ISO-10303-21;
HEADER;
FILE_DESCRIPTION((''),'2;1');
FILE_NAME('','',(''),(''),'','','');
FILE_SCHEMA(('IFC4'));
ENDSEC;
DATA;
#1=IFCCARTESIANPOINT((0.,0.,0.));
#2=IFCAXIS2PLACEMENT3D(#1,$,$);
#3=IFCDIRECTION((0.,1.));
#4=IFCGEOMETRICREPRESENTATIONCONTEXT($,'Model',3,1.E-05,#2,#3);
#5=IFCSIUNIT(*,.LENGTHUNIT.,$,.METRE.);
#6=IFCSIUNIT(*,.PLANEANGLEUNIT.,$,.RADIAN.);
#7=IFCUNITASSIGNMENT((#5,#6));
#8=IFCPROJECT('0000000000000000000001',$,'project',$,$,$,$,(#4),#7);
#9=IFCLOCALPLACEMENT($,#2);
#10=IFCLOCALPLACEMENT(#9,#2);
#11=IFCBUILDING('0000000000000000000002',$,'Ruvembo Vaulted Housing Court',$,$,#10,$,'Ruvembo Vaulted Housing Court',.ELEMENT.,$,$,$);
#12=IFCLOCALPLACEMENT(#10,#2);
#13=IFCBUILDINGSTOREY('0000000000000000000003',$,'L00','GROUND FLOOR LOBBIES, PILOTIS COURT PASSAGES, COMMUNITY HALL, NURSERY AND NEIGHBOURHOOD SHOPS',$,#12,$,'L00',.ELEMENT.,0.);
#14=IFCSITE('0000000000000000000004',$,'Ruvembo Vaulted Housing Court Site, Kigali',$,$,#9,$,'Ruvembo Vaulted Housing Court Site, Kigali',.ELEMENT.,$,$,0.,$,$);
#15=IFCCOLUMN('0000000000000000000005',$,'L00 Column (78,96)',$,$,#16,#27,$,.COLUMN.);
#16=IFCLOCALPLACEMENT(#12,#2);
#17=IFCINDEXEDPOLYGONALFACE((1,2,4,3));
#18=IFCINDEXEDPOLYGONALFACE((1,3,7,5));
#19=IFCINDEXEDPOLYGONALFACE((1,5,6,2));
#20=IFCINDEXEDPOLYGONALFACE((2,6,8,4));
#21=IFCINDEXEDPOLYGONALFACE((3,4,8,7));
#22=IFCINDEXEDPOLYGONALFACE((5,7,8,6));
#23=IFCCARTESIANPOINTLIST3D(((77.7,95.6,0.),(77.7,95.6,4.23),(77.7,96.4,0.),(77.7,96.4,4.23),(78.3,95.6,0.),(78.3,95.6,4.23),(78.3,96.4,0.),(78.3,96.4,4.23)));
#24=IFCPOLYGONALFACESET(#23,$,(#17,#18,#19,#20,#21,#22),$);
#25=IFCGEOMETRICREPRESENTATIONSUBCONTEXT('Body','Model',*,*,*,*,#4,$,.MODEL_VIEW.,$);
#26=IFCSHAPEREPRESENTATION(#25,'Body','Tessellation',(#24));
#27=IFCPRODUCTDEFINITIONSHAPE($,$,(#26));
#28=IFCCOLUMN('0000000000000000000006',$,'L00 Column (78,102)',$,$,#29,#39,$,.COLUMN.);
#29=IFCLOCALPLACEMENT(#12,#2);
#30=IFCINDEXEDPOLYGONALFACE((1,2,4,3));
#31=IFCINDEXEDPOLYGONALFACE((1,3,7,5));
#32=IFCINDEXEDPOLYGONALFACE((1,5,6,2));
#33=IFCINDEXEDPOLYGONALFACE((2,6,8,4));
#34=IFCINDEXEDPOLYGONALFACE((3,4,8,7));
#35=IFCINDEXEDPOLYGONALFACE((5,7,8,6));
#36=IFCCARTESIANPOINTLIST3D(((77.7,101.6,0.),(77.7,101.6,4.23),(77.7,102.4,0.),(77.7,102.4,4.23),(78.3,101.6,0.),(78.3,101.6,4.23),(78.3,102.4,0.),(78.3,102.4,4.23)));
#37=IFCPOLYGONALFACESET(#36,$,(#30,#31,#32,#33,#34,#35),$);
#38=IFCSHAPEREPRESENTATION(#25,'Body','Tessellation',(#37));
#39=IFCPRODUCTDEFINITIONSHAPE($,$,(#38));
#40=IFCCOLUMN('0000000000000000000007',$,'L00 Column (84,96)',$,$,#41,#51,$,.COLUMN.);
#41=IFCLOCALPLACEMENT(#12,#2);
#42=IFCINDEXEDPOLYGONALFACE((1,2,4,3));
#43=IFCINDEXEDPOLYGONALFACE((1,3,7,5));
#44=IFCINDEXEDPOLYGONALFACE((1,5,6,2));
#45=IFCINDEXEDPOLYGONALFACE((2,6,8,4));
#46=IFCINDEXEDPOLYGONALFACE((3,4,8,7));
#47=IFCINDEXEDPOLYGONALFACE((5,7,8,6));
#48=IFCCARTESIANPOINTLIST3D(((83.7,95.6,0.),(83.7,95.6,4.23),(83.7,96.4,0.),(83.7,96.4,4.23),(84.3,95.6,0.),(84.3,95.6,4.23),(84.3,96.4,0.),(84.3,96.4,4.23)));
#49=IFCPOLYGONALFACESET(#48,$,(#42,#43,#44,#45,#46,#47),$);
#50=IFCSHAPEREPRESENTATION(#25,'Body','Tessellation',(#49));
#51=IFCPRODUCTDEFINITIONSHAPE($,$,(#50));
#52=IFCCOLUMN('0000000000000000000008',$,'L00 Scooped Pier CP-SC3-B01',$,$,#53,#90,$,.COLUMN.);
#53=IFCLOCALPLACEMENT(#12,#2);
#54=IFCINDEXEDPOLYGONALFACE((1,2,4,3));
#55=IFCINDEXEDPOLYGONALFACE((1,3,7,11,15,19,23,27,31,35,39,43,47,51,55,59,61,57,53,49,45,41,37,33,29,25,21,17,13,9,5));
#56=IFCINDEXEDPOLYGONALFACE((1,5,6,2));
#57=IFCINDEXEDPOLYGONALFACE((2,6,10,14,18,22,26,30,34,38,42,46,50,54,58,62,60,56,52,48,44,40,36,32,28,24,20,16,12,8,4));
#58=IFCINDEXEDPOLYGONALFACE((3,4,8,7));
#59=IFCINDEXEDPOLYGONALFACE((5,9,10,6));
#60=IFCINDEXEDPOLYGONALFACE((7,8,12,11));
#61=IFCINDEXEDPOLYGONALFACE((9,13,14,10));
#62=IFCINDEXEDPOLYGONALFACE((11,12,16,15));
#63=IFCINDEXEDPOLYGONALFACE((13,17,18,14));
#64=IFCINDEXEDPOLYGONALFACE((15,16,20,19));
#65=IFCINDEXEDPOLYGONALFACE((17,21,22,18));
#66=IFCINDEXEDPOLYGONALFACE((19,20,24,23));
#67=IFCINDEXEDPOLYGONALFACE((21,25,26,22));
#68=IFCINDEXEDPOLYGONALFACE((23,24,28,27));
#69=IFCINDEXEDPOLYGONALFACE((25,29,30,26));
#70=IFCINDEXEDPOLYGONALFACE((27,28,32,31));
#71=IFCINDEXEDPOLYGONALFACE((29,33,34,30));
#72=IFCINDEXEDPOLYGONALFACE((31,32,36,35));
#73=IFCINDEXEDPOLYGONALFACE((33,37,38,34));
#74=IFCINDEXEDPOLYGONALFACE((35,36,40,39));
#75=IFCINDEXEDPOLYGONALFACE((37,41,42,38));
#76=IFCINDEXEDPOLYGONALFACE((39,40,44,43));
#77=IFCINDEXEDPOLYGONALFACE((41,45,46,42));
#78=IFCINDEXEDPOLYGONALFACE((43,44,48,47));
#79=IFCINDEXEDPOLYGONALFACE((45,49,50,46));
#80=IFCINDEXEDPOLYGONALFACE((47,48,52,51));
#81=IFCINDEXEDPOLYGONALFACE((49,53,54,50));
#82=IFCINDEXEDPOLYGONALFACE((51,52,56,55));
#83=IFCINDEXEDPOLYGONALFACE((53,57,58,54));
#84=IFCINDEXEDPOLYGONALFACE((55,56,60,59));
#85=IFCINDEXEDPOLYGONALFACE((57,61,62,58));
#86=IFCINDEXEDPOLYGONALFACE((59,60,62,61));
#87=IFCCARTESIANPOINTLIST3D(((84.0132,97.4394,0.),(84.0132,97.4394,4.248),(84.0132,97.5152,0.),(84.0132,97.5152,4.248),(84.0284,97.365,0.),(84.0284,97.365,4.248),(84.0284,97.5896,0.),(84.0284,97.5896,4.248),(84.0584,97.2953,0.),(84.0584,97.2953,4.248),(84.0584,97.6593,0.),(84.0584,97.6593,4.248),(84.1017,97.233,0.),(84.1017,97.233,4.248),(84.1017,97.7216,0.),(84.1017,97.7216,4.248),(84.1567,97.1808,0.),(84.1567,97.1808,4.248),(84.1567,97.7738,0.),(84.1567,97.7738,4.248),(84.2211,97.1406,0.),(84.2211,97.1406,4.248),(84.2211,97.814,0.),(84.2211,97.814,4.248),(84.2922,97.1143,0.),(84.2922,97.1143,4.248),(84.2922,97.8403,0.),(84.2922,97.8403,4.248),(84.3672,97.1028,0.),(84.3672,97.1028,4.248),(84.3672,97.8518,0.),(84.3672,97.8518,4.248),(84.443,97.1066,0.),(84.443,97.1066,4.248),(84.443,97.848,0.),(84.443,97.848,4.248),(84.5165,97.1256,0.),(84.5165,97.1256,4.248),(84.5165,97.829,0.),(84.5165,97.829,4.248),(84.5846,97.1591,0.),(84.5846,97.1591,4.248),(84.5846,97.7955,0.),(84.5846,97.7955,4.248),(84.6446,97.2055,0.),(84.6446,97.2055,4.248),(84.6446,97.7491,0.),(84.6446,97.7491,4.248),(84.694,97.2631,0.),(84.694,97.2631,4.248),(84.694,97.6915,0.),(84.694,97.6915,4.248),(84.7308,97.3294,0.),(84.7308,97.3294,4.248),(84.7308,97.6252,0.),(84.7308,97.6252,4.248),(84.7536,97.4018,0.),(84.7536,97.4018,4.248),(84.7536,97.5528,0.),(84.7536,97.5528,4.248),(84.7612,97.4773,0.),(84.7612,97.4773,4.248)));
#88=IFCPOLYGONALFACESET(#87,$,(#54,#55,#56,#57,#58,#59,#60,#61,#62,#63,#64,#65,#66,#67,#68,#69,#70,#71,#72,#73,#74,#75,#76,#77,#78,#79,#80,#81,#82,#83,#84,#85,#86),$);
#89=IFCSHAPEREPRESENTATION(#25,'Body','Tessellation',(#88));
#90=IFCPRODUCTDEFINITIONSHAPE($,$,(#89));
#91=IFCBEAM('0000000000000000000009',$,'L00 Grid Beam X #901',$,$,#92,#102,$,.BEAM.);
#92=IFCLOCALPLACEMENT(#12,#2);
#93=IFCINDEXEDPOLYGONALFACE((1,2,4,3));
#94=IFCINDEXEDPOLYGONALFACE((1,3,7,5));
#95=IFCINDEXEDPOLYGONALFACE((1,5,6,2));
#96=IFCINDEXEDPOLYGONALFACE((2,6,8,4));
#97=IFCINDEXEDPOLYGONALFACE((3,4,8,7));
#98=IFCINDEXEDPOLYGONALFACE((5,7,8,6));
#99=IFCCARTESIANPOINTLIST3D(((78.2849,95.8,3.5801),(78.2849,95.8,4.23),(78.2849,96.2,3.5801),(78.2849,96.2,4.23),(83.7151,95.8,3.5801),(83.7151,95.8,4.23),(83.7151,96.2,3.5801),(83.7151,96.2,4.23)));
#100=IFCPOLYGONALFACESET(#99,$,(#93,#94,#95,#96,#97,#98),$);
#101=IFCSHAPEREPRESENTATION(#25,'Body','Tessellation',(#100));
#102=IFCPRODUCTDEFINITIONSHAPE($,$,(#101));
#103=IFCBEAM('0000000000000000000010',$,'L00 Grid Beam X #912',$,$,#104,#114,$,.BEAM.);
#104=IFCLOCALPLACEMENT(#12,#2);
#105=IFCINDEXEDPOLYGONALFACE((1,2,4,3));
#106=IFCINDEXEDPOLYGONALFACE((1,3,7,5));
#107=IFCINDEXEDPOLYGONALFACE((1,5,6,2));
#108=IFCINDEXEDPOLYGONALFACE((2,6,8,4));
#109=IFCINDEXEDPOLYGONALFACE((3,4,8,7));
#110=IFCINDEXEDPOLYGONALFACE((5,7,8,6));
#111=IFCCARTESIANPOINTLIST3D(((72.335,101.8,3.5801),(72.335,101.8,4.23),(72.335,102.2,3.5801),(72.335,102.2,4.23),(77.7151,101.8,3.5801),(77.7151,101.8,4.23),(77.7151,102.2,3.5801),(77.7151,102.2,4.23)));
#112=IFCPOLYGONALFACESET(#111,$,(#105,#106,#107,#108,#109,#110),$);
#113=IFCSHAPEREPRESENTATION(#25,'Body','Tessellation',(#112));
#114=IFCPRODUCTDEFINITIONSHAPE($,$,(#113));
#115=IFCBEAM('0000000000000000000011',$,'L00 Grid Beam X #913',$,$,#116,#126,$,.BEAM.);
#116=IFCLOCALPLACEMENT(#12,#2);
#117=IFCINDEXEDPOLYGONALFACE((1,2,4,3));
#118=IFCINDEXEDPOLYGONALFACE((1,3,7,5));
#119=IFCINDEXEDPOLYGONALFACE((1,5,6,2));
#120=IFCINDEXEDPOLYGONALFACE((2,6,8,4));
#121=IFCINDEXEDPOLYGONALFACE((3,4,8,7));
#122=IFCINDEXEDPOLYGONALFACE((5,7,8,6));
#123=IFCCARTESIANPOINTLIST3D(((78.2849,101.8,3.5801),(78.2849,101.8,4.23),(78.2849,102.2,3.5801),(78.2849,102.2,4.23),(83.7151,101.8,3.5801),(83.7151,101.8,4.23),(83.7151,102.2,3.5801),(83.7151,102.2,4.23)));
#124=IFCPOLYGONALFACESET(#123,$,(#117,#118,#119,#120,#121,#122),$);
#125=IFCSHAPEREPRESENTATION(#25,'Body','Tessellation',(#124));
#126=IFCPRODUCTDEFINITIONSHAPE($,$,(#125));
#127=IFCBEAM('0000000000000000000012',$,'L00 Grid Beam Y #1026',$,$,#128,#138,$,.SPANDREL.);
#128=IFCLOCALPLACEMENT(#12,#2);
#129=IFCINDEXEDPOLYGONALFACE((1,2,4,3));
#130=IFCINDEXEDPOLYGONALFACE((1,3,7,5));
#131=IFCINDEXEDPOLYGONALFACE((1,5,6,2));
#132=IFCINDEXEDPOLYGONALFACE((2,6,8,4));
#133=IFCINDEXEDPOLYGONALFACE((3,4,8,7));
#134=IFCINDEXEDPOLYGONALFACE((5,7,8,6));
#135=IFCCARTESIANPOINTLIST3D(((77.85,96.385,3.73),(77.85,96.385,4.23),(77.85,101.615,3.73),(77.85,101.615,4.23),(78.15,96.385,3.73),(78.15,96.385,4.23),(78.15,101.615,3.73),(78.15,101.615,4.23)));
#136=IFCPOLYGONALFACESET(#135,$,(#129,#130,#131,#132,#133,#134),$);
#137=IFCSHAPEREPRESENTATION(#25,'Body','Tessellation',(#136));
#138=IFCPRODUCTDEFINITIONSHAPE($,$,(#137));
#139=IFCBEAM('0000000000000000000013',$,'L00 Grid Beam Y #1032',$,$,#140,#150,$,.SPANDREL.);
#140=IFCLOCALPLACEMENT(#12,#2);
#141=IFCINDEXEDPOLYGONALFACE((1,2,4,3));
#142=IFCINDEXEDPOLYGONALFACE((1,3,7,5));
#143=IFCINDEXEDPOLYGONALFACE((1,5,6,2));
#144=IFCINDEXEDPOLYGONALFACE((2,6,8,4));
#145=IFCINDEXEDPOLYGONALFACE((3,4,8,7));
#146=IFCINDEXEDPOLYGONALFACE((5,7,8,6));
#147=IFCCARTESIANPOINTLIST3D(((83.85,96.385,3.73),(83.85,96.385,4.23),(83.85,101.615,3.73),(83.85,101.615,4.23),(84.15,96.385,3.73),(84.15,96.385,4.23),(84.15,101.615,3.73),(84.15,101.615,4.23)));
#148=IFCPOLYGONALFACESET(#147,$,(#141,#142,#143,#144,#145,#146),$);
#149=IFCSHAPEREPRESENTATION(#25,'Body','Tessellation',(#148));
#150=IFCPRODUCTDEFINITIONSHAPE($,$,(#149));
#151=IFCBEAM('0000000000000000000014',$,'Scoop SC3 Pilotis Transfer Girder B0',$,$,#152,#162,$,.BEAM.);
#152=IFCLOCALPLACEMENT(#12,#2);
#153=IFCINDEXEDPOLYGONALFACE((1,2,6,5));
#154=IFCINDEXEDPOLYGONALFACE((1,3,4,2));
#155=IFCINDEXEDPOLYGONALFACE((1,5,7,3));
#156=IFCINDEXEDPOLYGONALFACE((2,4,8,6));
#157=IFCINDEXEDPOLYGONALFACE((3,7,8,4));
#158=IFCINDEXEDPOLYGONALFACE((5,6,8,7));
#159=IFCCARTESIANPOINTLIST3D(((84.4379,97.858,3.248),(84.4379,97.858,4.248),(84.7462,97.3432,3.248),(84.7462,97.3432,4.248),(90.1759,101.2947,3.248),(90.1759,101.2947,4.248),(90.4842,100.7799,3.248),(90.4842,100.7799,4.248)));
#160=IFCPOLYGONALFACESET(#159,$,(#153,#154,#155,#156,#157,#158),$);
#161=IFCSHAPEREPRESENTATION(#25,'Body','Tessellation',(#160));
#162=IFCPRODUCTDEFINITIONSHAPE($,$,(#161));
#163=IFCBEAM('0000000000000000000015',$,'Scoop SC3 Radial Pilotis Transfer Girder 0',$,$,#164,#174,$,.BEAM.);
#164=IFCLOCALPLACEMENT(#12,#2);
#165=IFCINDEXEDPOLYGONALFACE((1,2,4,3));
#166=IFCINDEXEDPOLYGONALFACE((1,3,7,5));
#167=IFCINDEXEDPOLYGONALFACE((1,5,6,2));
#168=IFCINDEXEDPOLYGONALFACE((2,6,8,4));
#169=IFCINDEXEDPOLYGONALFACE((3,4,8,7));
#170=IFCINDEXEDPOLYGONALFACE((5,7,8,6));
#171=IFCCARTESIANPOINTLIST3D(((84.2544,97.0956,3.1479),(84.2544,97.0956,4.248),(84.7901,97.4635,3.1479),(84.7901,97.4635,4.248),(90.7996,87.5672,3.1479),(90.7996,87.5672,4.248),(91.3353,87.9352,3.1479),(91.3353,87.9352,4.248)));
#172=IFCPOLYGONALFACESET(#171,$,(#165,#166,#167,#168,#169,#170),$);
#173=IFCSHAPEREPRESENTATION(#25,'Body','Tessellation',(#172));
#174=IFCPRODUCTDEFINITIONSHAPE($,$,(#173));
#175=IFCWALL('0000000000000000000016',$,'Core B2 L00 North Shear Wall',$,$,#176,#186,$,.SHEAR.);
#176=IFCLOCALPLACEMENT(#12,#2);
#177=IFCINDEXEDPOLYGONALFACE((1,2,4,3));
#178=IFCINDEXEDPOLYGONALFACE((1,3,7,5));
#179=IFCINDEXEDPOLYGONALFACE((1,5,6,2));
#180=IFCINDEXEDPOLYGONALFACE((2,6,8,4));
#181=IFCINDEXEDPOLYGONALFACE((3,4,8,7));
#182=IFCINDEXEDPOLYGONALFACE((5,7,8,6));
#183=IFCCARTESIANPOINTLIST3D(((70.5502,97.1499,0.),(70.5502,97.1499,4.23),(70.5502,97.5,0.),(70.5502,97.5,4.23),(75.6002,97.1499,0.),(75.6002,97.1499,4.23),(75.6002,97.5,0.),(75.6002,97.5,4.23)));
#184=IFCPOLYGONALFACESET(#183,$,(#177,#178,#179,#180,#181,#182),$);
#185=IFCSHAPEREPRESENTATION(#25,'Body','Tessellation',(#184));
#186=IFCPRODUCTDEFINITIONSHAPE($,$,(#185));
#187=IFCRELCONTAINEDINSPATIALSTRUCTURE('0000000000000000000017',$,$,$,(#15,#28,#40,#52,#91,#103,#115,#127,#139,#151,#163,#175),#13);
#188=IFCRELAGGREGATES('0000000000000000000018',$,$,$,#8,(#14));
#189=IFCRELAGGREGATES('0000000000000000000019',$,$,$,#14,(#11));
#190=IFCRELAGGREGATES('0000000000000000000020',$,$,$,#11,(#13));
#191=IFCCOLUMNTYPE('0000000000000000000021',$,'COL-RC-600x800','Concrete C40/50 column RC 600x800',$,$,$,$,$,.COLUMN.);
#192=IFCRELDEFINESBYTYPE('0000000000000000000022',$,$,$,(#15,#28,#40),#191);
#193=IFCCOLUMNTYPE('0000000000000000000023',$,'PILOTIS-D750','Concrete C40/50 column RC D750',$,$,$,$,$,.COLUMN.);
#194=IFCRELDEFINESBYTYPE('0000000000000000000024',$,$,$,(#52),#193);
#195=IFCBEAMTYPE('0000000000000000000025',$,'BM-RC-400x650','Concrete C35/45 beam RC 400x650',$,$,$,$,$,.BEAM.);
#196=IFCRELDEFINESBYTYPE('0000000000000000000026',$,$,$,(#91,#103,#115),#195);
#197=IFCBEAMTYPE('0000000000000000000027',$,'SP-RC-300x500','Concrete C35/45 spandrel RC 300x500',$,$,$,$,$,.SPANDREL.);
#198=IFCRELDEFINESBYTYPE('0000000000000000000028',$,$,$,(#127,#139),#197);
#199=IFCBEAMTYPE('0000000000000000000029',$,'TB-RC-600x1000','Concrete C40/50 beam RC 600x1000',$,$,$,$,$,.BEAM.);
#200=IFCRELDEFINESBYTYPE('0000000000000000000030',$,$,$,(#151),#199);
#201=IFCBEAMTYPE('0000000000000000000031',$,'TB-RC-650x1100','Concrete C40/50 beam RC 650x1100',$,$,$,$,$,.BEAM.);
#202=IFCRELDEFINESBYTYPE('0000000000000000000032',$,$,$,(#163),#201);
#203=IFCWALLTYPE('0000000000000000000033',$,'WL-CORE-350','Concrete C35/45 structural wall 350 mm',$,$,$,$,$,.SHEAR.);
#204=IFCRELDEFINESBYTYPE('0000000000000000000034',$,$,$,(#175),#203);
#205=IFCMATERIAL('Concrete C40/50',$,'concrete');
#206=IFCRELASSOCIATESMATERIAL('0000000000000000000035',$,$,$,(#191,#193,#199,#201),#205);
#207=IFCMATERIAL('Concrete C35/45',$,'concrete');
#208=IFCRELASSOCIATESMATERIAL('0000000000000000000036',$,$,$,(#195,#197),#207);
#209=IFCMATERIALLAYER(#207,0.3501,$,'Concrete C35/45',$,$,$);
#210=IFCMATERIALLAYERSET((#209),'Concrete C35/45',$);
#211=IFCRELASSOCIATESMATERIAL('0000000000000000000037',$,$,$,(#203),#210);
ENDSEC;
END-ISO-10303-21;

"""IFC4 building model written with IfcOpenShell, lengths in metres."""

from ifc_helpers import new_model, si_unit, direction, frame, frame_2d, origin, origin_2d, place, context, subcontext, project, spatial, rectangle, circle, extrude, material, layer, layer_set, material_profile, profile_set, type_object, element, save


model = new_model("IFC4")

# Units and contexts
model_context = context("Model", 3, precision=1e-05, world=origin(), true_north=direction((0.0, 1.0)))
body_context = subcontext(model_context, "Body", "Model", "MODEL_VIEW")
ifc_project = project(units=[si_unit("LENGTHUNIT", "METRE"), si_unit("PLANEANGLEUNIT", "RADIAN")], contexts=[model_context])

# Site, building, storey
site_placement = place(None, origin())
site = spatial("IfcSite", under=ifc_project, at=site_placement, Name="Ruvembo Vaulted Housing Court Site, Kigali", LongName="Ruvembo Vaulted Housing Court Site, Kigali", CompositionType="ELEMENT", RefElevation=0.0)
building_placement = place(site_placement, origin())
building = spatial("IfcBuilding", under=site, at=building_placement, Name="Ruvembo Vaulted Housing Court", LongName="Ruvembo Vaulted Housing Court", CompositionType="ELEMENT")
storey_placement = place(building_placement, origin())
storey = spatial("IfcBuildingStorey", under=building, at=storey_placement, Name="L00", Description="GROUND FLOOR LOBBIES, PILOTIS COURT PASSAGES, COMMUNITY HALL, NURSERY AND NEIGHBOURHOOD SHOPS", LongName="L00", CompositionType="ELEMENT", Elevation=0.0)

# Columns
ifc_material_1 = material(Name="Concrete C40/50", Category="concrete")
ifc_material_profile_1 = material_profile(ifc_material_1, rectangle(XDim=0.6001, YDim=0.8, at=origin_2d()), Name="RC 600x800")
ifc_profile_set_1 = profile_set([ifc_material_profile_1], Name="Concrete C40/50")
column_type_1 = type_object("IfcColumnType", Name="COL-RC-600x800", Description="Concrete C40/50 column RC 600x800", PredefinedType="COLUMN", material=ifc_profile_set_1)
for number, where, z_axis, x_axis, name in (
    (1, (78.0, 96.0, 0.0), (0.0, 0.0, 1.0), (1.0, 0.0, 0.0), "L00 Column (78,96)"),
    (2, (78.0, 102.0, 0.0), (0.0, 0.0, 1.0), (1.0, 0.0, 0.0), "L00 Column (78,102)"),
    (3, (84.0, 96.0, 0.0), (0.0, 0.0, 1.0), (1.0, 0.0, 0.0), "L00 Column (84,96)"),
):
    element("IfcColumn", number, at=place(storey_placement, frame(where, z_axis=z_axis, x_axis=x_axis)), inside=storey, type_object=column_type_1, Name=name, PredefinedType="COLUMN", context=body_context, shape_type="SweptSolid", body=[
        extrude(rectangle(XDim=0.6001, YDim=0.8, at=origin_2d()), origin(), (0.0, 0.0, 1.0), 4.23),
    ])
ifc_material_profile_2 = material_profile(ifc_material_1, circle(Radius=0.375, at=origin_2d()), Name="RC D750")
ifc_profile_set_2 = profile_set([ifc_material_profile_2], Name="Concrete C40/50")
column_type_2 = type_object("IfcColumnType", Name="PILOTIS-D750", Description="Concrete C40/50 column RC D750", PredefinedType="COLUMN", material=ifc_profile_set_2)
column_placement = place(storey_placement, frame((84.3862, 97.4773, 0.0), z_axis=(0.0, 0.0, 1.0), x_axis=(1.0, 0.0, 0.0)))
element("IfcColumn", 4, at=column_placement, inside=storey, type_object=column_type_2, Name="L00 Scooped Pier CP-SC3-B01", PredefinedType="COLUMN", context=body_context, shape_type="SweptSolid", body=[
    extrude(circle(Radius=0.375, at=origin_2d()), origin(), (0.0, 0.0, 1.0), 4.248),
])

# Beams
ifc_material_2 = material(Name="Concrete C35/45", Category="concrete")
ifc_material_profile_3 = material_profile(ifc_material_2, rectangle(XDim=0.3999, YDim=0.6499, at=origin_2d()), Name="RC 400x650")
ifc_profile_set_3 = profile_set([ifc_material_profile_3], Name="Concrete C35/45")
beam_type_1 = type_object("IfcBeamType", Name="BM-RC-400x650", Description="Concrete C35/45 beam RC 400x650", PredefinedType="BEAM", material=ifc_profile_set_3)
beam_1_placement = place(storey_placement, frame((78.2849, 96.0, 3.905), z_axis=(1.0, 0.0, 0.0), x_axis=(0.0, 1.0, 0.0)))
element("IfcBeam", 5, at=beam_1_placement, inside=storey, type_object=beam_type_1, Name="L00 Grid Beam X #901", PredefinedType="BEAM", context=body_context, shape_type="SweptSolid", body=[
    extrude(rectangle(XDim=0.3999, YDim=0.6499, at=origin_2d()), origin(), (0.0, 0.0, 1.0), 5.4302),
])
beam_2_placement = place(storey_placement, frame((72.335, 102.0, 3.905), z_axis=(1.0, 0.0, 0.0), x_axis=(0.0, 1.0, 0.0)))
element("IfcBeam", 6, at=beam_2_placement, inside=storey, type_object=beam_type_1, Name="L00 Grid Beam X #912", PredefinedType="BEAM", context=body_context, shape_type="SweptSolid", body=[
    extrude(rectangle(XDim=0.3999, YDim=0.6499, at=origin_2d()), origin(), (0.0, 0.0, 1.0), 5.3801),
])
beam_3_placement = place(storey_placement, frame((78.2849, 102.0, 3.905), z_axis=(1.0, 0.0, 0.0), x_axis=(0.0, 1.0, 0.0)))
element("IfcBeam", 7, at=beam_3_placement, inside=storey, type_object=beam_type_1, Name="L00 Grid Beam X #913", PredefinedType="BEAM", context=body_context, shape_type="SweptSolid", body=[
    extrude(rectangle(XDim=0.3999, YDim=0.6499, at=origin_2d()), origin(), (0.0, 0.0, 1.0), 5.4302),
])
ifc_material_profile_4 = material_profile(ifc_material_2, rectangle(XDim=0.3, YDim=0.5, at=origin_2d()), Name="RC 300x500")
ifc_profile_set_4 = profile_set([ifc_material_profile_4], Name="Concrete C35/45")
beam_type_2 = type_object("IfcBeamType", Name="SP-RC-300x500", Description="Concrete C35/45 spandrel RC 300x500", PredefinedType="SPANDREL", material=ifc_profile_set_4)
for number, where, z_axis, x_axis, name in (
    (8, (78.0, 96.385, 3.98), (0.0, 1.0, 0.0), (-1.0, 0.0, 0.0), "L00 Grid Beam Y #1026"),
    (9, (84.0, 96.385, 3.98), (0.0, 1.0, 0.0), (-1.0, 0.0, 0.0), "L00 Grid Beam Y #1032"),
):
    element("IfcBeam", number, at=place(storey_placement, frame(where, z_axis=z_axis, x_axis=x_axis)), inside=storey, type_object=beam_type_2, Name=name, PredefinedType="SPANDREL", context=body_context, shape_type="SweptSolid", body=[
        extrude(rectangle(XDim=0.3, YDim=0.5, at=origin_2d()), origin(), (0.0, 0.0, 1.0), 5.23),
    ])
ifc_material_profile_5 = material_profile(ifc_material_1, rectangle(XDim=0.6001, YDim=1.0, at=origin_2d()), Name="RC 600x1000")
ifc_profile_set_5 = profile_set([ifc_material_profile_5], Name="Concrete C40/50")
beam_type_3 = type_object("IfcBeamType", Name="TB-RC-600x1000", Description="Concrete C40/50 beam RC 600x1000", PredefinedType="BEAM", material=ifc_profile_set_5)
beam_4_placement = place(storey_placement, frame((84.592, 97.6006, 3.748), z_axis=(0.857892, 0.51383, 0.0), x_axis=(-0.51383, 0.857892, 0.0)))
element("IfcBeam", 10, at=beam_4_placement, inside=storey, type_object=beam_type_3, Name="Scoop SC3 Pilotis Transfer Girder B0", PredefinedType="BEAM", context=body_context, shape_type="SweptSolid", body=[
    extrude(rectangle(XDim=0.6001, YDim=1.0, at=origin_2d()), origin(), (0.0, 0.0, 1.0), 6.6885),
])
ifc_material_profile_6 = material_profile(ifc_material_1, rectangle(XDim=0.6499, YDim=1.1001, at=origin_2d()), Name="RC 650x1100")
ifc_profile_set_6 = profile_set([ifc_material_profile_6], Name="Concrete C40/50")
beam_type_4 = type_object("IfcBeamType", Name="TB-RC-650x1100", Description="Concrete C40/50 beam RC 650x1100", PredefinedType="BEAM", material=ifc_profile_set_6)
beam_5_placement = place(storey_placement, frame((84.5222, 97.2795, 3.698), z_axis=(0.566203, -0.824266, 0.0), x_axis=(0.824266, 0.566203, 0.0)))
element("IfcBeam", 11, at=beam_5_placement, inside=storey, type_object=beam_type_4, Name="Scoop SC3 Radial Pilotis Transfer Girder 0", PredefinedType="BEAM", context=body_context, shape_type="SweptSolid", body=[
    extrude(rectangle(XDim=0.6499, YDim=1.1001, at=origin_2d()), origin(), (0.0, 0.0, 1.0), 11.5598),
])

# Wall
ifc_layer_1 = layer(ifc_material_2, 0.3501, Name="Concrete C35/45")
ifc_layer_set_1 = layer_set([ifc_layer_1], Name="Concrete C35/45")
wall_type_1 = type_object("IfcWallType", Name="WL-CORE-350", Description="Concrete C35/45 structural wall 350 mm", PredefinedType="SHEAR", material=ifc_layer_set_1)
wall_1_placement = place(storey_placement, frame((75.6001, 97.325, 0.0), z_axis=(0.0, 0.0, 1.0), x_axis=(-1.0, 0.0, 0.0)))
element("IfcWall", 12, at=wall_1_placement, inside=storey, type_object=wall_type_1, Name="Core B2 L00 North Shear Wall", PredefinedType="SHEAR", context=body_context, shape_type="SweptSolid", body=[
    extrude(rectangle(XDim=5.05, YDim=0.3501, at=frame_2d((2.5249, 0.0))), origin(), (0.0, 0.0, 1.0), 4.23),
])

save(model, "model.ifc")
